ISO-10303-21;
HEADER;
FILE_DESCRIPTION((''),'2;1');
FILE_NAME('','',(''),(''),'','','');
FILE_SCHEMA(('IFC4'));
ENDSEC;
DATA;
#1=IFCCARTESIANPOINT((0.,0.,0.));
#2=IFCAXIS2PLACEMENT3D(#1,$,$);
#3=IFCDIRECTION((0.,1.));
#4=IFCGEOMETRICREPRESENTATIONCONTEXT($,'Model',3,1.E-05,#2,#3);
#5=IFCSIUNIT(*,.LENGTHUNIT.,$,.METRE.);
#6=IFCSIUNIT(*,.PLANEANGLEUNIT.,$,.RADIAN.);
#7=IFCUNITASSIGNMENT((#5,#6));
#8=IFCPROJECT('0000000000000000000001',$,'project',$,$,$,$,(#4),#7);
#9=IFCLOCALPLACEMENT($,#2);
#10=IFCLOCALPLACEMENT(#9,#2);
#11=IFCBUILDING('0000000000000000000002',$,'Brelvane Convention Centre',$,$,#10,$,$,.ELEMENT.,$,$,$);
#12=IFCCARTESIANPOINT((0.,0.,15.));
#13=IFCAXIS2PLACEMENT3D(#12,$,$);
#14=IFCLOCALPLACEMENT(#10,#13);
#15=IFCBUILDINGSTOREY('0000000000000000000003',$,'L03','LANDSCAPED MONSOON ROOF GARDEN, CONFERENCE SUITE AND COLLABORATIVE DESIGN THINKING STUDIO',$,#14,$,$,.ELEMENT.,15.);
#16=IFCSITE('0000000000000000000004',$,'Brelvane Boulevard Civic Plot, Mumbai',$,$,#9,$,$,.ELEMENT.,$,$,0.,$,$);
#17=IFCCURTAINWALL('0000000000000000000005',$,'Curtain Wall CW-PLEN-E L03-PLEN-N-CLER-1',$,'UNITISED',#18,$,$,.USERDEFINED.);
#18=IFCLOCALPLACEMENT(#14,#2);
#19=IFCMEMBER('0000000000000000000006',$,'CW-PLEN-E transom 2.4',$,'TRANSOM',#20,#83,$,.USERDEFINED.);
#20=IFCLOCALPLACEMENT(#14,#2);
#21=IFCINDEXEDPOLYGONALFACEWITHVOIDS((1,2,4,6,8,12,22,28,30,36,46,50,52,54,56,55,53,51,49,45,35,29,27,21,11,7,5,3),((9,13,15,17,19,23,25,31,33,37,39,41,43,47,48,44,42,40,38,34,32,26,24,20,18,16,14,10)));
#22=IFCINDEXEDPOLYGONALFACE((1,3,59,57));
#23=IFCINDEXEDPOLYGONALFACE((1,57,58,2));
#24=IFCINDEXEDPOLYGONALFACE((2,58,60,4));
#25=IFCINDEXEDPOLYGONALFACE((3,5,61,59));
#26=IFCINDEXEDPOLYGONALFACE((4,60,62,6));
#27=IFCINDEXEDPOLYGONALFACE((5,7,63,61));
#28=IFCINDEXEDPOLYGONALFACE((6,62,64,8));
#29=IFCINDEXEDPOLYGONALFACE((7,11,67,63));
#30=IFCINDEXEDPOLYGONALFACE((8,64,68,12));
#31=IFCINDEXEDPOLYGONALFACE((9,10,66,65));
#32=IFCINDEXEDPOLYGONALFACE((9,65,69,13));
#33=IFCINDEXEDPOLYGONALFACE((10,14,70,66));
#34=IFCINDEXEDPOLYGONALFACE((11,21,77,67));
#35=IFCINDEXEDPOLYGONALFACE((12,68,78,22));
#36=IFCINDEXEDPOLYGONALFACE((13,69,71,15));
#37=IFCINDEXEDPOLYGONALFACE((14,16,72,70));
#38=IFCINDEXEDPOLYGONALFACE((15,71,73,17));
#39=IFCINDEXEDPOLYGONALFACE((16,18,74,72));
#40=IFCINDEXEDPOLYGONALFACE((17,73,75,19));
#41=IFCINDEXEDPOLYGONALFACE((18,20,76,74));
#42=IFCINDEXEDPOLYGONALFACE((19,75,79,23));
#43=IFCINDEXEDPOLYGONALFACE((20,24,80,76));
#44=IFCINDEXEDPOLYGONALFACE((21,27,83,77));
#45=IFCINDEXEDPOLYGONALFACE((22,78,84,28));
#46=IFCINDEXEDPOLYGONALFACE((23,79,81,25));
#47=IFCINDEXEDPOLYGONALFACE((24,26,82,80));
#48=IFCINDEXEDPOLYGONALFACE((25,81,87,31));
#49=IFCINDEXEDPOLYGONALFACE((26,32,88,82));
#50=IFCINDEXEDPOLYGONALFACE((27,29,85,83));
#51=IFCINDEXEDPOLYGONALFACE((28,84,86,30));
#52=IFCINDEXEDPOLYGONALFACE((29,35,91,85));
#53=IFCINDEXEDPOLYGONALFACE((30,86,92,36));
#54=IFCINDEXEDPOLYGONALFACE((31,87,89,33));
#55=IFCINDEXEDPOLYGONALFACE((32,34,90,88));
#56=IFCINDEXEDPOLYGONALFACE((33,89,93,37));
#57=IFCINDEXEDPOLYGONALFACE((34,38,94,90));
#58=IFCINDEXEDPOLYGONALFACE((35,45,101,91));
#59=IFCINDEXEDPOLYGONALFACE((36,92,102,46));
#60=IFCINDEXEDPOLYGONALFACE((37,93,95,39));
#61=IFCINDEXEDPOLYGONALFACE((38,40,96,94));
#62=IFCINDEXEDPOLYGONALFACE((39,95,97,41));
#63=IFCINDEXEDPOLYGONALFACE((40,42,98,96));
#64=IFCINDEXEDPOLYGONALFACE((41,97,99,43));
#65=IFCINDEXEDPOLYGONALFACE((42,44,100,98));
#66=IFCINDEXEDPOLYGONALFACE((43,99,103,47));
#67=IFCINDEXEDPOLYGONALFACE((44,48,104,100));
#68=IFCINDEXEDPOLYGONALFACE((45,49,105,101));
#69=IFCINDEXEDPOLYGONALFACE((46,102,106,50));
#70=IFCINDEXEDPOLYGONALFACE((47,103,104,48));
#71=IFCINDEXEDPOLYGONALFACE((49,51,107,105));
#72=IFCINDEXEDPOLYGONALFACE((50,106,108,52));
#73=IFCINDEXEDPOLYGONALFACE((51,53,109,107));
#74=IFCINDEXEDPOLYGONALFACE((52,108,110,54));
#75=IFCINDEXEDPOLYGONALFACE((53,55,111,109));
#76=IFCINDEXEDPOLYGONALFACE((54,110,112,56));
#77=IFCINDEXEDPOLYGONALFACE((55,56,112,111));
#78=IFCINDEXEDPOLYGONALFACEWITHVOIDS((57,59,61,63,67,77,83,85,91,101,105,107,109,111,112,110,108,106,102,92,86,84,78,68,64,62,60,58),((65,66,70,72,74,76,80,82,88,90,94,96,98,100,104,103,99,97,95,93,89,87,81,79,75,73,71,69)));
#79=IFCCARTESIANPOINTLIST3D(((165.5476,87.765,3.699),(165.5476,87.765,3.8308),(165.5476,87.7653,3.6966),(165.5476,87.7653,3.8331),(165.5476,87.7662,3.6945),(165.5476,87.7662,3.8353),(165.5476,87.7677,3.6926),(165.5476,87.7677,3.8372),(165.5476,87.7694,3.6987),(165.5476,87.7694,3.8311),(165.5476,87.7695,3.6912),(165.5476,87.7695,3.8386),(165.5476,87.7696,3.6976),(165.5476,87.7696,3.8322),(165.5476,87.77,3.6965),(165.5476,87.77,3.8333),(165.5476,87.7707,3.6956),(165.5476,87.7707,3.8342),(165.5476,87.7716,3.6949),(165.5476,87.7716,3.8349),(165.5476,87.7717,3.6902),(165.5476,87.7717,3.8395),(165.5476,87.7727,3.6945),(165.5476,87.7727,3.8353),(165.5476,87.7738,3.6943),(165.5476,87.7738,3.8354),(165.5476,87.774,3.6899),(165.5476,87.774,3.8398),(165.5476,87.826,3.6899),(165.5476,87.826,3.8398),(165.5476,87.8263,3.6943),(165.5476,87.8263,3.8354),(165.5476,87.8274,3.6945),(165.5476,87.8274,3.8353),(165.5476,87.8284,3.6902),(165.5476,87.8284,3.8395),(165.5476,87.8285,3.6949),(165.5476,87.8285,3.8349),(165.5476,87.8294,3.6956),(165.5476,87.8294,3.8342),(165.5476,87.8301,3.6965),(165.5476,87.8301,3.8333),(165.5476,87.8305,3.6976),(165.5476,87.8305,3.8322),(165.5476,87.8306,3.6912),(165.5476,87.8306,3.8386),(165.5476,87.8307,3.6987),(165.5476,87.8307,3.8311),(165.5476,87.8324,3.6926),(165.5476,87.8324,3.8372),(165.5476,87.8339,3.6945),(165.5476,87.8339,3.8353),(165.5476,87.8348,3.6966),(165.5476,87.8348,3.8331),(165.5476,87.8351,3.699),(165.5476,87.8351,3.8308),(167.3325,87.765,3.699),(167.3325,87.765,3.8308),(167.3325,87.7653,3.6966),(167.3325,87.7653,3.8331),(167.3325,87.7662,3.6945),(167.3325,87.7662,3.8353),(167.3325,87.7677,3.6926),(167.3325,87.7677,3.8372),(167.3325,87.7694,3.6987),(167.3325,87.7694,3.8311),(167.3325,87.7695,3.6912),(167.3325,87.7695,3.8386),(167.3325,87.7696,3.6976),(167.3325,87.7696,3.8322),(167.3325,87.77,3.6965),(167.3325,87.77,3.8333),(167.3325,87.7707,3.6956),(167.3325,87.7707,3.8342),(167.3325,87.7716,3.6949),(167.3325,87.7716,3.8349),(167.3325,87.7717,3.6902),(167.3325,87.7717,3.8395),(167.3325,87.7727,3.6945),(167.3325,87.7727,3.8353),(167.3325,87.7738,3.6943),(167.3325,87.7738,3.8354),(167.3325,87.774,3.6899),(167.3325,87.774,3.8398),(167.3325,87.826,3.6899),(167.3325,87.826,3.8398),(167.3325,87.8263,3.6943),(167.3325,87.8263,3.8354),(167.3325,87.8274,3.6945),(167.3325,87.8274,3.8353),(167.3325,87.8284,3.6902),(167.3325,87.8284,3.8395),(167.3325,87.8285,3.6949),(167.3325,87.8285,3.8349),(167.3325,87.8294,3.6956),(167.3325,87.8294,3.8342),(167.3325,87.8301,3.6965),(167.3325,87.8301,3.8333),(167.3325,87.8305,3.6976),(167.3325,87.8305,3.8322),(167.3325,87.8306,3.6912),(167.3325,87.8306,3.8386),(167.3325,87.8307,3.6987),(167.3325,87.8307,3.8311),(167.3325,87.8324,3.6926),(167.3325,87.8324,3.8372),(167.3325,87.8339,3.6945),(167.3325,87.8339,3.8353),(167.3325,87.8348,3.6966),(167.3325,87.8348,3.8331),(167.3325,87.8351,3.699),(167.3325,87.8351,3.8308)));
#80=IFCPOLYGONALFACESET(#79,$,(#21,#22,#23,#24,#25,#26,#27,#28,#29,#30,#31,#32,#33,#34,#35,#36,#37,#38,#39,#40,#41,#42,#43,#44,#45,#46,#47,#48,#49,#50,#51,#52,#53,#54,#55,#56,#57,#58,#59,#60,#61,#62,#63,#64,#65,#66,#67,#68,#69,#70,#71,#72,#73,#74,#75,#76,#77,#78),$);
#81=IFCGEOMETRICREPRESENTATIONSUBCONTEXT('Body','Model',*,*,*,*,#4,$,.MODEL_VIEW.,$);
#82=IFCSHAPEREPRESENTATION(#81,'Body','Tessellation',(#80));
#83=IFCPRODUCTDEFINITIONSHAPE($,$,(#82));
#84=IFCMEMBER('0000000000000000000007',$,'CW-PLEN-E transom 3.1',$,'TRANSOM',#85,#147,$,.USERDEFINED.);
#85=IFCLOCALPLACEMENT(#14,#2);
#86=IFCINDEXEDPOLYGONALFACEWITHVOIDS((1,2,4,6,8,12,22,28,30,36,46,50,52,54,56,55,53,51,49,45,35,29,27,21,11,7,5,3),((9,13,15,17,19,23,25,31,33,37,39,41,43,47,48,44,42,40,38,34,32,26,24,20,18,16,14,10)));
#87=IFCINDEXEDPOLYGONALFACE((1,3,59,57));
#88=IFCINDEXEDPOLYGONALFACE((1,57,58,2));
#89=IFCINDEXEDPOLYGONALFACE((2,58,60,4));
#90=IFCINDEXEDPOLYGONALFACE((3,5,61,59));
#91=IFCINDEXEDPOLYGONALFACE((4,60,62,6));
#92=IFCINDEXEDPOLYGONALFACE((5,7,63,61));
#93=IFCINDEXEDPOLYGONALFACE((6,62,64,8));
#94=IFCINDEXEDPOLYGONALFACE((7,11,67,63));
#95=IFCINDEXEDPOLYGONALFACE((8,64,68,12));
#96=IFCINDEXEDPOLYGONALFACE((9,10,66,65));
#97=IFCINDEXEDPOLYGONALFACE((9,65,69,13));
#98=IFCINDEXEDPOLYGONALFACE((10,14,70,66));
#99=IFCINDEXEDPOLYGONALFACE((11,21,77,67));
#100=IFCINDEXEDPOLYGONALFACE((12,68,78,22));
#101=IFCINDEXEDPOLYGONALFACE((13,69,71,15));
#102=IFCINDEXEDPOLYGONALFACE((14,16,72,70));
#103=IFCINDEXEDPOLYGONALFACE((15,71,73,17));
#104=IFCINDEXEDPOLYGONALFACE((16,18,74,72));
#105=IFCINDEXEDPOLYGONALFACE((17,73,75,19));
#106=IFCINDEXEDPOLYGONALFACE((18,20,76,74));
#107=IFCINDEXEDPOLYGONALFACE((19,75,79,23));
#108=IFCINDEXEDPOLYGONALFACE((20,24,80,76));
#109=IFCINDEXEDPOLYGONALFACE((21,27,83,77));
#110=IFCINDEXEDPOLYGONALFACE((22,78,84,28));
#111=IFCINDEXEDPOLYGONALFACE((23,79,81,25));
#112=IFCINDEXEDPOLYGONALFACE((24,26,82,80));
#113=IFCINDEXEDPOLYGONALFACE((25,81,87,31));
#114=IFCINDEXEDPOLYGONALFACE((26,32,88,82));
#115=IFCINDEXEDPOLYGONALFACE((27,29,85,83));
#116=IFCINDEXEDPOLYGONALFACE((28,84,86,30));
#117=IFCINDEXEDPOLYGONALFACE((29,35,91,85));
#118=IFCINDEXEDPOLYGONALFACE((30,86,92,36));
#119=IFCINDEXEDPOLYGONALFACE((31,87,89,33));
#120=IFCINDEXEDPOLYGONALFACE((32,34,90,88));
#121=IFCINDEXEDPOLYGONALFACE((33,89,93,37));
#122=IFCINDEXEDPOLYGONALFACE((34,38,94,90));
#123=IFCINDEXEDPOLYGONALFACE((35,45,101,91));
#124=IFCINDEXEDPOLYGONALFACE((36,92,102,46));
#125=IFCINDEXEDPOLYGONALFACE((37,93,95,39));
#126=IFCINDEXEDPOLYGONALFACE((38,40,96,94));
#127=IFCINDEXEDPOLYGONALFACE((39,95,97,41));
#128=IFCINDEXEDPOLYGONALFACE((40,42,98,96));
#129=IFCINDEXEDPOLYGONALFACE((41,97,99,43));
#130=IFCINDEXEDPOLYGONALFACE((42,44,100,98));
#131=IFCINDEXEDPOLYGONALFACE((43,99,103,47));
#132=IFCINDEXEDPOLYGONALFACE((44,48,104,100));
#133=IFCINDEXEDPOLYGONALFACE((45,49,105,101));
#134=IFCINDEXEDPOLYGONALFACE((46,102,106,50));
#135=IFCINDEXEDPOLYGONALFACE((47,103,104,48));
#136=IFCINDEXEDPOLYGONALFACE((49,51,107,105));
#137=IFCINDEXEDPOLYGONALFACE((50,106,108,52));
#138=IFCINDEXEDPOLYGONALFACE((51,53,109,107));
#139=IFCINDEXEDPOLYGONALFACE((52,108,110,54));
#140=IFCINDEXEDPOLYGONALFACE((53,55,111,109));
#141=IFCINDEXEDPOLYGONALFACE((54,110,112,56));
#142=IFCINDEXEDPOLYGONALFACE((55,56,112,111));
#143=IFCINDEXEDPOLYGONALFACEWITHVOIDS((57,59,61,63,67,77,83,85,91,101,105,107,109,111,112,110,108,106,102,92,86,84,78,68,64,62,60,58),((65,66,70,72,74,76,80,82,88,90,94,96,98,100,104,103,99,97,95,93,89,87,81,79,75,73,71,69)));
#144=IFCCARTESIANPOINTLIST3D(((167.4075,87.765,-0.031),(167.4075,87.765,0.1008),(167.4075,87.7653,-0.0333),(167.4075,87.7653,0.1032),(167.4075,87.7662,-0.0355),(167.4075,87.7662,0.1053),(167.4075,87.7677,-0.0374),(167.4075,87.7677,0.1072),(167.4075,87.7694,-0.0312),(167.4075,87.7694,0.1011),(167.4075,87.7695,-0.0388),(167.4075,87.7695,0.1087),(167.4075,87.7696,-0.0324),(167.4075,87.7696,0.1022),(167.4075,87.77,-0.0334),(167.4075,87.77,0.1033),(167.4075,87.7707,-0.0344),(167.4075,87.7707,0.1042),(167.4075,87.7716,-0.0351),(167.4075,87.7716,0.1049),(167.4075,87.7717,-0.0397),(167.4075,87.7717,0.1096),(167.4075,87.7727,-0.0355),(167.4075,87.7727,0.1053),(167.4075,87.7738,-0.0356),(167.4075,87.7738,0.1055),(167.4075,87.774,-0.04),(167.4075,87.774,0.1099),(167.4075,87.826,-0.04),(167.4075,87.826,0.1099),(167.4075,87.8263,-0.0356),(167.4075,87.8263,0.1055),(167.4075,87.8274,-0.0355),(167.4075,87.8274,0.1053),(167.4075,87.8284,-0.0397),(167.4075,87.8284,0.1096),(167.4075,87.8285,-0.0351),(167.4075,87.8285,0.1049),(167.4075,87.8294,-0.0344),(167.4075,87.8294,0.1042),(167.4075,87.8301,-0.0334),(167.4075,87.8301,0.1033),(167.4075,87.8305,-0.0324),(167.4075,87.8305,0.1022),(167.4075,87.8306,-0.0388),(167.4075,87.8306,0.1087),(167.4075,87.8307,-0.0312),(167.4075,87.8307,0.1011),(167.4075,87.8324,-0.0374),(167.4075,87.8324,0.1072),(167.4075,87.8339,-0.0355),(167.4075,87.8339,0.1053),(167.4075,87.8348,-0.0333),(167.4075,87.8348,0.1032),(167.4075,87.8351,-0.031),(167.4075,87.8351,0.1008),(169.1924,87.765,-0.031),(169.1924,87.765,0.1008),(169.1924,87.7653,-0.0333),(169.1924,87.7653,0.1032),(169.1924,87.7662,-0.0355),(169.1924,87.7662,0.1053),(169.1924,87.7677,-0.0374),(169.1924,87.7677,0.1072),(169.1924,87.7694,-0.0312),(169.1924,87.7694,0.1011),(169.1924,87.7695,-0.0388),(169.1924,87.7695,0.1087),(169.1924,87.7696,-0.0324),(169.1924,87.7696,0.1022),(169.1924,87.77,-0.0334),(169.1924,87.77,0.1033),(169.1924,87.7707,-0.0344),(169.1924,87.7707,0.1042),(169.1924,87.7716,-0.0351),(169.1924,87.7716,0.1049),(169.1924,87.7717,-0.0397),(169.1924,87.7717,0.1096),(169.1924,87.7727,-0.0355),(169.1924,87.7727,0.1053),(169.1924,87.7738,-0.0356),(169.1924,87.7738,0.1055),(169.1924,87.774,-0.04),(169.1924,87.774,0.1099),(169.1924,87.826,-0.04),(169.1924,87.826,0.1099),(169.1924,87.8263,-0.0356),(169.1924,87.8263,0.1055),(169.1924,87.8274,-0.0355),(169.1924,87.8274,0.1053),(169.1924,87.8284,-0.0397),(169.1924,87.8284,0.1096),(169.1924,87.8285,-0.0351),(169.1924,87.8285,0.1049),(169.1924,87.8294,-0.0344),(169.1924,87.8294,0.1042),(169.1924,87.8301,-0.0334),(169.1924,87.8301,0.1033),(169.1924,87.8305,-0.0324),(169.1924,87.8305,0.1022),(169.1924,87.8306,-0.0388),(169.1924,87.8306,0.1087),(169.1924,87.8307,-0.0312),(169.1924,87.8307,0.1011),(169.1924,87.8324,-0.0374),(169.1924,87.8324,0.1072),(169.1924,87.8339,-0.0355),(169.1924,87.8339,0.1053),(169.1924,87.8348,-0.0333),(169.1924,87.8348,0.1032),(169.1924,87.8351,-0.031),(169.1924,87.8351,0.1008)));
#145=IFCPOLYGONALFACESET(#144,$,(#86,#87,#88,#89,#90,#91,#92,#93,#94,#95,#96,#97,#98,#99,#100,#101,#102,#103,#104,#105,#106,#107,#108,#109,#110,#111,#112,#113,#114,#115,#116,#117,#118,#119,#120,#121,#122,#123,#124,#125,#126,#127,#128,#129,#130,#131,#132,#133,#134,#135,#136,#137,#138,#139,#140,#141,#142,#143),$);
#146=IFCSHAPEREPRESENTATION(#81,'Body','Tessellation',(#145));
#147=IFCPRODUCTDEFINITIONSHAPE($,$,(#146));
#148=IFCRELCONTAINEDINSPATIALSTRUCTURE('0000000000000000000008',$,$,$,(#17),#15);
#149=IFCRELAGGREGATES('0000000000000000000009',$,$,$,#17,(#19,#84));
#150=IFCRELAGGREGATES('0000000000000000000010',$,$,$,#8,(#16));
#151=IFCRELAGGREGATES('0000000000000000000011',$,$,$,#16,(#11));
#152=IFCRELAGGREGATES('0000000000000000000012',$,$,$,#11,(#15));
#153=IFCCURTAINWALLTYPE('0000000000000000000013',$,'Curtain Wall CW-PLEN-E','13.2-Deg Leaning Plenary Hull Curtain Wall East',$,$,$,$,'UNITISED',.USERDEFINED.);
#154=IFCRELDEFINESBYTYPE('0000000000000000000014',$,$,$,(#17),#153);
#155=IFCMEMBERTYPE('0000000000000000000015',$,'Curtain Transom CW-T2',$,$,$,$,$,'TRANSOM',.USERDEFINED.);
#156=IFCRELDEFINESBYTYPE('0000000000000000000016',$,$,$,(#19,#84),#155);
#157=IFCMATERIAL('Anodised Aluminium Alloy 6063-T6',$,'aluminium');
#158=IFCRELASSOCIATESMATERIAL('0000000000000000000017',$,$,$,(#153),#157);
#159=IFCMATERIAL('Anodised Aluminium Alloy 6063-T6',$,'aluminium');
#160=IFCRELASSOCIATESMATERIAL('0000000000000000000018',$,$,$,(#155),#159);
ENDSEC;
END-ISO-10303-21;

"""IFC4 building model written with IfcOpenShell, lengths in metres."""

from ifc_helpers import new_model, si_unit, direction, frame, origin, origin_2d, place, context, subcontext, project, spatial, hollow_rectangle, extrude, material, material_profile, profile_set, type_object, element, aggregate, save


model = new_model("IFC4")

# Units and contexts
model_context = context("Model", 3, precision=1e-05, world=origin(), true_north=direction((0.0, 1.0)))
body_context = subcontext(model_context, "Body", "Model", "MODEL_VIEW")
ifc_project = project(units=[si_unit("LENGTHUNIT", "METRE"), si_unit("PLANEANGLEUNIT", "RADIAN")], contexts=[model_context])

# Site, building, storey
site_placement = place(None, origin())
site = spatial("IfcSite", under=ifc_project, at=site_placement, Name="Brelvane Boulevard Civic Plot, Mumbai", CompositionType="ELEMENT", RefElevation=0.0)
building_placement = place(site_placement, origin())
building = spatial("IfcBuilding", under=site, at=building_placement, Name="Brelvane Convention Centre", CompositionType="ELEMENT")
storey_placement = place(building_placement, frame((0.0, 0.0, 15.0)))
storey = spatial("IfcBuildingStorey", under=building, at=storey_placement, Name="L03", Description="LANDSCAPED MONSOON ROOF GARDEN, CONFERENCE SUITE AND COLLABORATIVE DESIGN THINKING STUDIO", CompositionType="ELEMENT", Elevation=15.0)

# Curtain wall, members
ifc_material_1 = material(Name="Anodised Aluminium Alloy 6063-T6", Category="aluminium")
curtain_wall_type = type_object("IfcCurtainWallType", Name="Curtain Wall CW-PLEN-E", Description="13.2-Deg Leaning Plenary Hull Curtain Wall East", ElementType="UNITISED", PredefinedType="USERDEFINED", material=ifc_material_1)
curtain_wall_placement = place(storey_placement, origin())
curtain_wall = element("IfcCurtainWall", 1, at=curtain_wall_placement, inside=storey, type_object=curtain_wall_type, Name="Curtain Wall CW-PLEN-E L03-PLEN-N-CLER-1", ObjectType="UNITISED", PredefinedType="USERDEFINED")
ifc_material_2 = material(Name="Anodised Aluminium Alloy 6063-T6", Category="aluminium")
ifc_material_profile_1 = material_profile(ifc_material_2, hollow_rectangle(XDim=0.0701, YDim=0.1499, WallThickness=0.0044, InnerFilletRadius=0.0044, OuterFilletRadius=0.009, at=origin_2d()), Name="ALU-T 150x70x4.5")
ifc_profile_set_1 = profile_set([ifc_material_profile_1], Name="Anodised Aluminium Alloy 6063-T6")
member_type_1 = type_object("IfcMemberType", Name="Curtain Transom CW-T2", ElementType="TRANSOM", PredefinedType="USERDEFINED", material=ifc_profile_set_1)
member_1_placement = place(storey_placement, frame((165.5476, 87.8, 3.7649), z_axis=(1.0, 0.0, 0.0), x_axis=(0.0, 1.0, 0.0)))
member_1 = element("IfcMember", 2, at=member_1_placement, type_object=member_type_1, Name="CW-PLEN-E transom 2.4", ObjectType="TRANSOM", PredefinedType="USERDEFINED", context=body_context, shape_type="SweptSolid", body=[
    extrude(hollow_rectangle(XDim=0.0701, YDim=0.1499, WallThickness=0.0044, InnerFilletRadius=0.0044, OuterFilletRadius=0.009, at=origin_2d()), origin(), (0.0, 0.0, 1.0), 1.7849),
])
member_2_placement = place(storey_placement, frame((167.4075, 87.8, 0.0349), z_axis=(1.0, 0.0, 0.0), x_axis=(0.0, 1.0, 0.0)))
member_2 = element("IfcMember", 3, at=member_2_placement, type_object=member_type_1, Name="CW-PLEN-E transom 3.1", ObjectType="TRANSOM", PredefinedType="USERDEFINED", context=body_context, shape_type="SweptSolid", body=[
    extrude(hollow_rectangle(XDim=0.0701, YDim=0.1499, WallThickness=0.0044, InnerFilletRadius=0.0044, OuterFilletRadius=0.009, at=origin_2d()), origin(), (0.0, 0.0, 1.0), 1.7849),
])

aggregate(curtain_wall, [member_1, member_2])

save(model, "model.ifc")
